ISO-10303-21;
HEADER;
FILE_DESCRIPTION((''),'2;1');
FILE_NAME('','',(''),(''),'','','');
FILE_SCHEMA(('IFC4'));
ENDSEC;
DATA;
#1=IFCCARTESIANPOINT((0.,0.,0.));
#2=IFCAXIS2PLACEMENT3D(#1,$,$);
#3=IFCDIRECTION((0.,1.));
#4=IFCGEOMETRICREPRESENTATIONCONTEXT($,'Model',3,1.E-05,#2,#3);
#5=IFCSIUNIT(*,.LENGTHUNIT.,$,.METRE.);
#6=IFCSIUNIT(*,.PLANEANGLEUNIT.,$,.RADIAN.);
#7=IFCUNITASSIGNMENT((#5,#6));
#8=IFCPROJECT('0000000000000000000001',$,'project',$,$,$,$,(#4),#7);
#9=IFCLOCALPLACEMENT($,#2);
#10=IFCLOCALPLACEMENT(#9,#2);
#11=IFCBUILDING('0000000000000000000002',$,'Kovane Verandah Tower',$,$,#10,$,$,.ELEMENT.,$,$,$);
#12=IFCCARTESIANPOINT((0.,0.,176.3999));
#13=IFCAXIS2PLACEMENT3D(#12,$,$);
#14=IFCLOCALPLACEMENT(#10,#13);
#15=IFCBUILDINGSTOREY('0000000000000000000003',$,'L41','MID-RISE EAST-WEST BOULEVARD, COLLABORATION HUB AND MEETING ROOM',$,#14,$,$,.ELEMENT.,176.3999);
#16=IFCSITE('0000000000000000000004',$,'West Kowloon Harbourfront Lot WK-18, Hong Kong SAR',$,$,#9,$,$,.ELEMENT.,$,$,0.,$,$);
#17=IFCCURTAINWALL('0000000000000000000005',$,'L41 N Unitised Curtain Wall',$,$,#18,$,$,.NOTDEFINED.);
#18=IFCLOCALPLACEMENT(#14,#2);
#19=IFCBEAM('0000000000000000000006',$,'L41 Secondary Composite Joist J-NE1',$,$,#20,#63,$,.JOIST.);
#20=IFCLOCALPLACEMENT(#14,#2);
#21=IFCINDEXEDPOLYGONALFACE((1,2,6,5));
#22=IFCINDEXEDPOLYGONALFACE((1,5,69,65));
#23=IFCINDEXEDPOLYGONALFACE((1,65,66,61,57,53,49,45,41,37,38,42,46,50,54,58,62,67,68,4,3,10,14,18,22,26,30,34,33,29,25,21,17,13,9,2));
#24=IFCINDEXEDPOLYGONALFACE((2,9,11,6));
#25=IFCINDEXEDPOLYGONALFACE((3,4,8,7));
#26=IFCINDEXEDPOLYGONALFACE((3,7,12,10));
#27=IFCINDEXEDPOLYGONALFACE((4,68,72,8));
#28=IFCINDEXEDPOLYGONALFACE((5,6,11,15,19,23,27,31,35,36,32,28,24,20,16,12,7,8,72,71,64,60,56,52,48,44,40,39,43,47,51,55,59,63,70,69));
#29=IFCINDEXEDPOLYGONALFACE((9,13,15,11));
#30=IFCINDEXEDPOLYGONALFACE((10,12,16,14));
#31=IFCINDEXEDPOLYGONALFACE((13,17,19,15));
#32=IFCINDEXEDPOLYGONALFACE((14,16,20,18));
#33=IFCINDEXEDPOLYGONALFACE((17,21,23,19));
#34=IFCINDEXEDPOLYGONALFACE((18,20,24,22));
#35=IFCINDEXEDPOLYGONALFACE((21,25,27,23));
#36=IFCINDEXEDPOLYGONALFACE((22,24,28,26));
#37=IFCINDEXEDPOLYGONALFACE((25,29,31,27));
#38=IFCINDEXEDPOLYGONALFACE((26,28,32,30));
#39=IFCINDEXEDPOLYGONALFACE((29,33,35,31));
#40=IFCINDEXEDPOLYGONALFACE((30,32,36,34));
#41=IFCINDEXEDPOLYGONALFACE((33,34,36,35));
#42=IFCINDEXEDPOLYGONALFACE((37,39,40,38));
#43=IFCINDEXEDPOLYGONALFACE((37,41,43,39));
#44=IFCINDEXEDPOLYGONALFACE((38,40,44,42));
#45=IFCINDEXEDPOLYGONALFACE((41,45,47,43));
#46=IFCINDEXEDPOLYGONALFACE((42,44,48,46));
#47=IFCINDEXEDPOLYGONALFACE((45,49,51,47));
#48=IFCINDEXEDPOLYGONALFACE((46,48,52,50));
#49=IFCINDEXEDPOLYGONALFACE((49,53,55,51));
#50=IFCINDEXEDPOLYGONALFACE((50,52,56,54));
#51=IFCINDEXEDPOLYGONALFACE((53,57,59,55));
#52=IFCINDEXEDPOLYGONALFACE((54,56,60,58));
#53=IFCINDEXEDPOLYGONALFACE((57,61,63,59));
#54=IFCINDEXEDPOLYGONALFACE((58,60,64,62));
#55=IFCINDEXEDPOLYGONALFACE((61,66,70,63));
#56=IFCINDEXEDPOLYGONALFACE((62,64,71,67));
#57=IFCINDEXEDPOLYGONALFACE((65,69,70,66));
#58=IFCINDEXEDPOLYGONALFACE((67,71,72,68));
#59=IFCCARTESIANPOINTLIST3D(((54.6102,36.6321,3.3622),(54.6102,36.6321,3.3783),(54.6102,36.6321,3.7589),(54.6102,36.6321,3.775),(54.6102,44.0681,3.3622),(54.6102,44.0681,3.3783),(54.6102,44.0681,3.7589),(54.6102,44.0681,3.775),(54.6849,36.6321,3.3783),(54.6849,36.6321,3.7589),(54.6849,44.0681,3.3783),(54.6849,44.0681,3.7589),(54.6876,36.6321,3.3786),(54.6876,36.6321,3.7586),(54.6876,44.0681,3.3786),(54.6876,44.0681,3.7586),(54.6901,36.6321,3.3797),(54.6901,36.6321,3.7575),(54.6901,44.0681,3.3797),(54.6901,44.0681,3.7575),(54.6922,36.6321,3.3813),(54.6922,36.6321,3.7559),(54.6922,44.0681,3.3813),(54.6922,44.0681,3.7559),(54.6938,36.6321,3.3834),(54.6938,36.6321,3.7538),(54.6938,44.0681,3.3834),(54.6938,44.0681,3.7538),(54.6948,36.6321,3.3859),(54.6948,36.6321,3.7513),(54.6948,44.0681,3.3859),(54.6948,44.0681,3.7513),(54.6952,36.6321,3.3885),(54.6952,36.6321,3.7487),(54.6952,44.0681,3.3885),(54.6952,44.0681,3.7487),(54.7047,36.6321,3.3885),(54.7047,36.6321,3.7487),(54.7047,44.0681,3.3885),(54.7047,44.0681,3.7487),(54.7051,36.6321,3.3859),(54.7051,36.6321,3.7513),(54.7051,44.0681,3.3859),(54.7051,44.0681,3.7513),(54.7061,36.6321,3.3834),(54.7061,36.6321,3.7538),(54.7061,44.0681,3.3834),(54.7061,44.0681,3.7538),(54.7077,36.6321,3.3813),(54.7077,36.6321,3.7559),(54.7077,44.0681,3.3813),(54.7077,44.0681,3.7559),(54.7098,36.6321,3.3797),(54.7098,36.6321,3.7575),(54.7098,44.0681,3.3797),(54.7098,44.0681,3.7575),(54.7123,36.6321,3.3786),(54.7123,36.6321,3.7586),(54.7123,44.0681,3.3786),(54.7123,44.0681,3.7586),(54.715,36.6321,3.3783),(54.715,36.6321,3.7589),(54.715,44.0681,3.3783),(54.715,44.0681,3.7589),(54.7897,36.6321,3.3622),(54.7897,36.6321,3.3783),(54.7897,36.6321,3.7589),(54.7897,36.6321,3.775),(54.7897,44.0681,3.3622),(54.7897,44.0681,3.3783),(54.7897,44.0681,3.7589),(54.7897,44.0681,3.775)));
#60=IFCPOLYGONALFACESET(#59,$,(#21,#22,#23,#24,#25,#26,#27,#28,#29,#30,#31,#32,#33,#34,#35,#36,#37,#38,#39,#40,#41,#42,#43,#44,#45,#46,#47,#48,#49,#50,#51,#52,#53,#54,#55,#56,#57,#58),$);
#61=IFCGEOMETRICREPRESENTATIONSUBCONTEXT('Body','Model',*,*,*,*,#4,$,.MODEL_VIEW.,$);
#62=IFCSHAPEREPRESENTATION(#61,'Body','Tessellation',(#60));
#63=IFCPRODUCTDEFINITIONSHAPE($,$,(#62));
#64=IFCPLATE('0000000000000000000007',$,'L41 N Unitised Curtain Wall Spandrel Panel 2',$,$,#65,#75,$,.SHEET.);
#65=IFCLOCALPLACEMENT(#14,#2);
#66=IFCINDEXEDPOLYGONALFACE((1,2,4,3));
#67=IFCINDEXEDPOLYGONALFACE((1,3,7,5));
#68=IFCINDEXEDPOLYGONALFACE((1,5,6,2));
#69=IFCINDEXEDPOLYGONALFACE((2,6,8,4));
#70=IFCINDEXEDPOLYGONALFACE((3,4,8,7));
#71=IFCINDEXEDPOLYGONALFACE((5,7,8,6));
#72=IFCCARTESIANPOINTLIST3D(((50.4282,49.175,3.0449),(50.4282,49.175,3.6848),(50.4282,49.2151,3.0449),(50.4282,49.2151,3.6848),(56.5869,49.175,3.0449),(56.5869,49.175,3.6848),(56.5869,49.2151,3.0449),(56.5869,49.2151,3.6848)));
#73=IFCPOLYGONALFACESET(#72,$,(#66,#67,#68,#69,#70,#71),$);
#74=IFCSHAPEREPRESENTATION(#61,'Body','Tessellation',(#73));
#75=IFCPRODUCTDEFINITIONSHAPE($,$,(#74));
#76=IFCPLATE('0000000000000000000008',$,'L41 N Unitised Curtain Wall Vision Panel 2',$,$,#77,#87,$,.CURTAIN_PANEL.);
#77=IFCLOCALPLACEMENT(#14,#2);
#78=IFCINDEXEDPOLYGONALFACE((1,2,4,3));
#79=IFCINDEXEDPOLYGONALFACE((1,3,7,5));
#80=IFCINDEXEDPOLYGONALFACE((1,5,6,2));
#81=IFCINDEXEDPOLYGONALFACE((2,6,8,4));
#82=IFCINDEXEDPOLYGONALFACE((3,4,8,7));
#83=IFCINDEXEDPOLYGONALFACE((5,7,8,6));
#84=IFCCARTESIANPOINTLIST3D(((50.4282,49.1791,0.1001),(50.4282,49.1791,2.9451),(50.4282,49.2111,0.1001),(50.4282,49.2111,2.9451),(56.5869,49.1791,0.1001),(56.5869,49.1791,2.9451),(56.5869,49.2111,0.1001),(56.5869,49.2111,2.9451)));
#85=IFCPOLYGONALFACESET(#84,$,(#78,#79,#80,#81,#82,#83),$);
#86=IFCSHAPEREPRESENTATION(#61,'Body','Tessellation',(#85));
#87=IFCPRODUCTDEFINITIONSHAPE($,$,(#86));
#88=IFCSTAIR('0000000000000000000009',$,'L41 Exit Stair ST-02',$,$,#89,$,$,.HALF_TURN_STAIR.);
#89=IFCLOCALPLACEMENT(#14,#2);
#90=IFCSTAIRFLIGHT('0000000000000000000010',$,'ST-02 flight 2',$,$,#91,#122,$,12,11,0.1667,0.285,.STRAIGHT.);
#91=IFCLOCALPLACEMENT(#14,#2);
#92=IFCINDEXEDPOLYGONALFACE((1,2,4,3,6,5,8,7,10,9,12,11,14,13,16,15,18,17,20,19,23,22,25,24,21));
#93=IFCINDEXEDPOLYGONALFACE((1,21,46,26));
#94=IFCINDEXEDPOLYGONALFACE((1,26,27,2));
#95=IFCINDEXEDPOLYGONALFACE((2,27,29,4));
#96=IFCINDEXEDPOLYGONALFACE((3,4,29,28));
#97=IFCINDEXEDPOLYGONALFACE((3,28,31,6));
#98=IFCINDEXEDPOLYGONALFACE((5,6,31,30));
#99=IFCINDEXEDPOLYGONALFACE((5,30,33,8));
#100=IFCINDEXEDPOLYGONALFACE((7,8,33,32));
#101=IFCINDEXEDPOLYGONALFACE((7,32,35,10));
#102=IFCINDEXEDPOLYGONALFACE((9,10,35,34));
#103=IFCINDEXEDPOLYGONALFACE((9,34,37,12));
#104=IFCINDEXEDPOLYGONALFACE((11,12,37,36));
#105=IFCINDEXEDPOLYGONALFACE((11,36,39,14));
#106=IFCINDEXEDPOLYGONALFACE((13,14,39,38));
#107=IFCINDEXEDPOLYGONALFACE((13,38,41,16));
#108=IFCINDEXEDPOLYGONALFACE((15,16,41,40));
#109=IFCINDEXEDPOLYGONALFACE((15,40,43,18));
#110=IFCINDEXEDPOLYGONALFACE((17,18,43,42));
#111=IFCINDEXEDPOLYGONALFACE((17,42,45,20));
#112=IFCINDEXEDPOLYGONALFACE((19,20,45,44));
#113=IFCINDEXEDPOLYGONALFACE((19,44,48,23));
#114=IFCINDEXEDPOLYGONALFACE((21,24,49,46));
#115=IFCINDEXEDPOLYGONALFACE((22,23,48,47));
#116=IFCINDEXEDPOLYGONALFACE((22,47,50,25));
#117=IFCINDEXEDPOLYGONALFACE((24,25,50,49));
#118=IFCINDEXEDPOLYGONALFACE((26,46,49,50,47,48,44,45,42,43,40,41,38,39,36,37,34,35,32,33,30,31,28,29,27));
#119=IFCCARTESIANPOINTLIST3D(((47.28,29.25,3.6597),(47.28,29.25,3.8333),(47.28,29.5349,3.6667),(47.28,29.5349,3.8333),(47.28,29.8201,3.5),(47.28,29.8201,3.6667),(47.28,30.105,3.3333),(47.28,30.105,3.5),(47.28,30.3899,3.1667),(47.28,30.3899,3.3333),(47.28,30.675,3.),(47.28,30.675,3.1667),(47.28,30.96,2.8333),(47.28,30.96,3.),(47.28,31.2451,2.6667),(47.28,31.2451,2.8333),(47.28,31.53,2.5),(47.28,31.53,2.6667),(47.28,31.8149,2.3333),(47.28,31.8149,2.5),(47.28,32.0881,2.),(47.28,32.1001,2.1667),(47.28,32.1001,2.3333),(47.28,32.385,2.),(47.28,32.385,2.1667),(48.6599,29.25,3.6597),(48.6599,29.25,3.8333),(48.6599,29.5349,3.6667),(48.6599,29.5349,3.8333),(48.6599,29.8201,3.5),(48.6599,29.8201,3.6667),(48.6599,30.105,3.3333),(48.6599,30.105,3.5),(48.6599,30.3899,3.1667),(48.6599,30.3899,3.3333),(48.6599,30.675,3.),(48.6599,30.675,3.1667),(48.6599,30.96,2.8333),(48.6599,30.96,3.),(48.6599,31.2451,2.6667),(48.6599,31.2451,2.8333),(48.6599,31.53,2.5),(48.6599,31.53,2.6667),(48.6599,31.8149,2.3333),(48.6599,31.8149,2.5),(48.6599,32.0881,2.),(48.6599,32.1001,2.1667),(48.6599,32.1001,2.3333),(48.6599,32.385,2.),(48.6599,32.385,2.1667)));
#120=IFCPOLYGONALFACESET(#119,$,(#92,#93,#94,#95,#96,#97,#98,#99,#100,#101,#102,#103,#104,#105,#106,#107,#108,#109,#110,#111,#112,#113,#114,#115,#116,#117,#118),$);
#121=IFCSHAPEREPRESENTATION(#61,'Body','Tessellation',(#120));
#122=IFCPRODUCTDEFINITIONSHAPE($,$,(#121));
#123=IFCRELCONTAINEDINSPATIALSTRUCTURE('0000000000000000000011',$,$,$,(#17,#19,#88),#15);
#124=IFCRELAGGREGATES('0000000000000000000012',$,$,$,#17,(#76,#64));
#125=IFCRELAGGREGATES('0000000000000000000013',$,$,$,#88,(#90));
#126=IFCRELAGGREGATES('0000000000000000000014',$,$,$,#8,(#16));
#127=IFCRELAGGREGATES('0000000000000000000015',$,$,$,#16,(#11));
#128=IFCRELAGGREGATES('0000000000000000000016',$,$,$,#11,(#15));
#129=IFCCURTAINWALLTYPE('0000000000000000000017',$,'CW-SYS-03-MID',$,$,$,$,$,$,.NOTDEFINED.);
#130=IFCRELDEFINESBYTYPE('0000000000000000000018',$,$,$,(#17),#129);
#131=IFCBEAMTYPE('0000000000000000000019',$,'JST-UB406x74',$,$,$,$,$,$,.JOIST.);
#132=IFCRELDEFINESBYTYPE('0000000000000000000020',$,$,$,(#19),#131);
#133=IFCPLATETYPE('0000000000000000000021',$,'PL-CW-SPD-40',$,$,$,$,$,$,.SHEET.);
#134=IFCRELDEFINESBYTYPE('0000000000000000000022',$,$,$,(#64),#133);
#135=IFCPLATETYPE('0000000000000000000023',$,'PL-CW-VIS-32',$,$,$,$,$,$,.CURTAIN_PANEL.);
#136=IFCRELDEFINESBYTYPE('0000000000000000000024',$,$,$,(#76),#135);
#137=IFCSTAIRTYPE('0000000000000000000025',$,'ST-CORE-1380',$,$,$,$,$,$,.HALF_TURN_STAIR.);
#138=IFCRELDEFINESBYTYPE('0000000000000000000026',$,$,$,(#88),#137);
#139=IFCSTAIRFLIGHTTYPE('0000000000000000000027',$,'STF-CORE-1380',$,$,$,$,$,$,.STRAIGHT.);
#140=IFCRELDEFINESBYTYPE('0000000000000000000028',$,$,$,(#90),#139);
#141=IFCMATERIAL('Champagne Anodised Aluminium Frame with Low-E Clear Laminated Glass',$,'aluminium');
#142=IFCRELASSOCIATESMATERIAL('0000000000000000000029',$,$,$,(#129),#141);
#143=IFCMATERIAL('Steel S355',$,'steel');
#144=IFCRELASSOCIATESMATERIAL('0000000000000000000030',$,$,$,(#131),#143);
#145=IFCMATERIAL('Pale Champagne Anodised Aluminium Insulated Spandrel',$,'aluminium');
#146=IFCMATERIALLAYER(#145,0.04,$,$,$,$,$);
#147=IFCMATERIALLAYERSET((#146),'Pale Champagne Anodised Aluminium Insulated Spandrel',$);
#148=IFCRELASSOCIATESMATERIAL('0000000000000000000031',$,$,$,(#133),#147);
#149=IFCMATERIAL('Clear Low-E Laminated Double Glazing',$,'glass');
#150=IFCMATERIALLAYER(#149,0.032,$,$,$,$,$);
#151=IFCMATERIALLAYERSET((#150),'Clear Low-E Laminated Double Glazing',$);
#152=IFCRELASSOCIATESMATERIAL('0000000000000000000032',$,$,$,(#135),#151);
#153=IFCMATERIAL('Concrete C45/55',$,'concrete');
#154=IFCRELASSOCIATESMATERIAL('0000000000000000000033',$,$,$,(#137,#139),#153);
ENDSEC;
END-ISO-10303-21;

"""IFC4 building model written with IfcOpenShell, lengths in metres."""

from ifc_helpers import new_model, si_unit, direction, frame, origin, origin_2d, place, context, subcontext, project, spatial, polyline, rectangle, i_section, outline, extrude, material, layer, layer_set, material_profile, profile_set, type_object, element, aggregate, save


model = new_model("IFC4")

# Units and contexts
model_context = context("Model", 3, precision=1e-05, world=origin(), true_north=direction((0.0, 1.0)))
body_context = subcontext(model_context, "Body", "Model", "MODEL_VIEW")
ifc_project = project(units=[si_unit("LENGTHUNIT", "METRE"), si_unit("PLANEANGLEUNIT", "RADIAN")], contexts=[model_context])

# Site, building, storey
site_placement = place(None, origin())
site = spatial("IfcSite", under=ifc_project, at=site_placement, Name="West Kowloon Harbourfront Lot WK-18, Hong Kong SAR", CompositionType="ELEMENT", RefElevation=0.0)
building_placement = place(site_placement, origin())
building = spatial("IfcBuilding", under=site, at=building_placement, Name="Kovane Verandah Tower", CompositionType="ELEMENT")
storey_placement = place(building_placement, frame((0.0, 0.0, 176.3999)))
storey = spatial("IfcBuildingStorey", under=building, at=storey_placement, Name="L41", Description="MID-RISE EAST-WEST BOULEVARD, COLLABORATION HUB AND MEETING ROOM", CompositionType="ELEMENT", Elevation=176.3999)

# Shared definitions
ifc_material_1 = material(Name="Steel S355", Category="steel")

# Curtain wall
ifc_material_2 = material(Name="Champagne Anodised Aluminium Frame with Low-E Clear Laminated Glass", Category="aluminium")
curtain_wall_type = type_object("IfcCurtainWallType", Name="CW-SYS-03-MID", PredefinedType="NOTDEFINED", material=ifc_material_2)
curtain_wall_placement = place(storey_placement, origin())
curtain_wall = element("IfcCurtainWall", 1, at=curtain_wall_placement, inside=storey, type_object=curtain_wall_type, Name="L41 N Unitised Curtain Wall", PredefinedType="NOTDEFINED")

# Beam
ifc_material_profile_1 = material_profile(ifc_material_1, i_section(OverallWidth=0.1794, OverallDepth=0.4128, WebThickness=0.0095, FlangeThickness=0.0161, FilletRadius=0.0103, at=origin_2d()), Name="UB406x178x74")
ifc_profile_set_1 = profile_set([ifc_material_profile_1], Name="Steel S355")
beam_type_1 = type_object("IfcBeamType", Name="JST-UB406x74", PredefinedType="JOIST", material=ifc_profile_set_1)
beam_1_placement = place(storey_placement, frame((54.7, 36.6321, 3.5686), z_axis=(0.0, 1.0, 0.0), x_axis=(-1.0, 0.0, 0.0)))
element("IfcBeam", 2, at=beam_1_placement, inside=storey, type_object=beam_type_1, Name="L41 Secondary Composite Joist J-NE1", PredefinedType="JOIST", context=body_context, shape_type="SweptSolid", body=[
    extrude(i_section(OverallWidth=0.1794, OverallDepth=0.4128, WebThickness=0.0095, FlangeThickness=0.0161, FilletRadius=0.0103, at=origin_2d()), origin(), (0.0, 0.0, 1.0), 7.436),
])

# Plates
ifc_material_3 = material(Name="Pale Champagne Anodised Aluminium Insulated Spandrel", Category="aluminium")
ifc_layer_1 = layer(ifc_material_3, 0.04)
ifc_layer_set_1 = layer_set([ifc_layer_1], Name="Pale Champagne Anodised Aluminium Insulated Spandrel")
plate_type_1 = type_object("IfcPlateType", Name="PL-CW-SPD-40", PredefinedType="SHEET", material=ifc_layer_set_1)
plate_1_placement = place(storey_placement, frame((53.5076, 49.1951, 3.0449), z_axis=(0.0, 0.0, 1.0), x_axis=(-1.0, 0.0, 0.0)))
plate_1 = element("IfcPlate", 3, at=plate_1_placement, type_object=plate_type_1, Name="L41 N Unitised Curtain Wall Spandrel Panel 2", PredefinedType="SHEET", context=body_context, shape_type="SweptSolid", body=[
    extrude(rectangle(XDim=6.1587, YDim=0.04, at=origin_2d()), origin(), (0.0, 0.0, 1.0), 0.6399),
])
ifc_material_4 = material(Name="Clear Low-E Laminated Double Glazing", Category="glass")
ifc_layer_2 = layer(ifc_material_4, 0.032)
ifc_layer_set_2 = layer_set([ifc_layer_2], Name="Clear Low-E Laminated Double Glazing")
plate_type_2 = type_object("IfcPlateType", Name="PL-CW-VIS-32", PredefinedType="CURTAIN_PANEL", material=ifc_layer_set_2)
plate_2_placement = place(storey_placement, frame((53.5076, 49.1951, 0.1001), z_axis=(0.0, 0.0, 1.0), x_axis=(-1.0, 0.0, 0.0)))
plate_2 = element("IfcPlate", 4, at=plate_2_placement, type_object=plate_type_2, Name="L41 N Unitised Curtain Wall Vision Panel 2", PredefinedType="CURTAIN_PANEL", context=body_context, shape_type="SweptSolid", body=[
    extrude(rectangle(XDim=6.1587, YDim=0.032, at=origin_2d()), origin(), (0.0, 0.0, 1.0), 2.845),
])
aggregate(curtain_wall, [plate_2, plate_1])

# Stair, stair flight
ifc_material_5 = material(Name="Concrete C45/55", Category="concrete")
stair_type = type_object("IfcStairType", Name="ST-CORE-1380", PredefinedType="HALF_TURN_STAIR", material=ifc_material_5)
stair_placement = place(storey_placement, origin())
stair = element("IfcStair", 5, at=stair_placement, inside=storey, type_object=stair_type, Name="L41 Exit Stair ST-02", PredefinedType="HALF_TURN_STAIR")
stair_flight_type = type_object("IfcStairFlightType", Name="STF-CORE-1380", PredefinedType="STRAIGHT", material=ifc_material_5)
stair_flight_placement = place(storey_placement, frame((47.97, 32.385, 2.0), z_axis=(0.0, 0.0, 1.0), x_axis=(0.0, -1.0, 0.0)))
stair_flight = element("IfcStairFlight", 6, at=stair_flight_placement, type_object=stair_flight_type, Name="ST-02 flight 2", NumberOfRisers=12, NumberOfTreads=11, PredefinedType="STRAIGHT", RiserHeight=0.1667, TreadLength=0.285, context=body_context, shape_type="SweptSolid", body=[
    extrude(outline(polyline([(0.0, 0.0), (0.0, 0.1667), (0.2849, 0.1667), (0.2849, 0.3333), (0.5701, 0.3333), (0.5701, 0.5), (0.855, 0.5), (0.855, 0.6667), (1.1399, 0.6667), (1.1399, 0.8333), (1.425, 0.8333), (1.425, 1.0), (1.71, 1.0), (1.71, 1.1667), (1.9951, 1.1667), (1.9951, 1.3333), (2.28, 1.3333), (2.28, 1.5), (2.5649, 1.5), (2.5649, 1.6667), (2.8501, 1.6667), (2.8501, 1.8333), (3.135, 1.8333), (3.135, 2.0), (3.135, 1.6597), (0.2969, 0.0), (0.0, 0.0)])), frame((0.0, 0.6899, 0.0), z_axis=(0.0, -1.0, 0.0), x_axis=(1.0, 0.0, 0.0)), (0.0, 0.0, 1.0), 1.3799),
])
aggregate(stair, [stair_flight])

save(model, "model.ifc")
